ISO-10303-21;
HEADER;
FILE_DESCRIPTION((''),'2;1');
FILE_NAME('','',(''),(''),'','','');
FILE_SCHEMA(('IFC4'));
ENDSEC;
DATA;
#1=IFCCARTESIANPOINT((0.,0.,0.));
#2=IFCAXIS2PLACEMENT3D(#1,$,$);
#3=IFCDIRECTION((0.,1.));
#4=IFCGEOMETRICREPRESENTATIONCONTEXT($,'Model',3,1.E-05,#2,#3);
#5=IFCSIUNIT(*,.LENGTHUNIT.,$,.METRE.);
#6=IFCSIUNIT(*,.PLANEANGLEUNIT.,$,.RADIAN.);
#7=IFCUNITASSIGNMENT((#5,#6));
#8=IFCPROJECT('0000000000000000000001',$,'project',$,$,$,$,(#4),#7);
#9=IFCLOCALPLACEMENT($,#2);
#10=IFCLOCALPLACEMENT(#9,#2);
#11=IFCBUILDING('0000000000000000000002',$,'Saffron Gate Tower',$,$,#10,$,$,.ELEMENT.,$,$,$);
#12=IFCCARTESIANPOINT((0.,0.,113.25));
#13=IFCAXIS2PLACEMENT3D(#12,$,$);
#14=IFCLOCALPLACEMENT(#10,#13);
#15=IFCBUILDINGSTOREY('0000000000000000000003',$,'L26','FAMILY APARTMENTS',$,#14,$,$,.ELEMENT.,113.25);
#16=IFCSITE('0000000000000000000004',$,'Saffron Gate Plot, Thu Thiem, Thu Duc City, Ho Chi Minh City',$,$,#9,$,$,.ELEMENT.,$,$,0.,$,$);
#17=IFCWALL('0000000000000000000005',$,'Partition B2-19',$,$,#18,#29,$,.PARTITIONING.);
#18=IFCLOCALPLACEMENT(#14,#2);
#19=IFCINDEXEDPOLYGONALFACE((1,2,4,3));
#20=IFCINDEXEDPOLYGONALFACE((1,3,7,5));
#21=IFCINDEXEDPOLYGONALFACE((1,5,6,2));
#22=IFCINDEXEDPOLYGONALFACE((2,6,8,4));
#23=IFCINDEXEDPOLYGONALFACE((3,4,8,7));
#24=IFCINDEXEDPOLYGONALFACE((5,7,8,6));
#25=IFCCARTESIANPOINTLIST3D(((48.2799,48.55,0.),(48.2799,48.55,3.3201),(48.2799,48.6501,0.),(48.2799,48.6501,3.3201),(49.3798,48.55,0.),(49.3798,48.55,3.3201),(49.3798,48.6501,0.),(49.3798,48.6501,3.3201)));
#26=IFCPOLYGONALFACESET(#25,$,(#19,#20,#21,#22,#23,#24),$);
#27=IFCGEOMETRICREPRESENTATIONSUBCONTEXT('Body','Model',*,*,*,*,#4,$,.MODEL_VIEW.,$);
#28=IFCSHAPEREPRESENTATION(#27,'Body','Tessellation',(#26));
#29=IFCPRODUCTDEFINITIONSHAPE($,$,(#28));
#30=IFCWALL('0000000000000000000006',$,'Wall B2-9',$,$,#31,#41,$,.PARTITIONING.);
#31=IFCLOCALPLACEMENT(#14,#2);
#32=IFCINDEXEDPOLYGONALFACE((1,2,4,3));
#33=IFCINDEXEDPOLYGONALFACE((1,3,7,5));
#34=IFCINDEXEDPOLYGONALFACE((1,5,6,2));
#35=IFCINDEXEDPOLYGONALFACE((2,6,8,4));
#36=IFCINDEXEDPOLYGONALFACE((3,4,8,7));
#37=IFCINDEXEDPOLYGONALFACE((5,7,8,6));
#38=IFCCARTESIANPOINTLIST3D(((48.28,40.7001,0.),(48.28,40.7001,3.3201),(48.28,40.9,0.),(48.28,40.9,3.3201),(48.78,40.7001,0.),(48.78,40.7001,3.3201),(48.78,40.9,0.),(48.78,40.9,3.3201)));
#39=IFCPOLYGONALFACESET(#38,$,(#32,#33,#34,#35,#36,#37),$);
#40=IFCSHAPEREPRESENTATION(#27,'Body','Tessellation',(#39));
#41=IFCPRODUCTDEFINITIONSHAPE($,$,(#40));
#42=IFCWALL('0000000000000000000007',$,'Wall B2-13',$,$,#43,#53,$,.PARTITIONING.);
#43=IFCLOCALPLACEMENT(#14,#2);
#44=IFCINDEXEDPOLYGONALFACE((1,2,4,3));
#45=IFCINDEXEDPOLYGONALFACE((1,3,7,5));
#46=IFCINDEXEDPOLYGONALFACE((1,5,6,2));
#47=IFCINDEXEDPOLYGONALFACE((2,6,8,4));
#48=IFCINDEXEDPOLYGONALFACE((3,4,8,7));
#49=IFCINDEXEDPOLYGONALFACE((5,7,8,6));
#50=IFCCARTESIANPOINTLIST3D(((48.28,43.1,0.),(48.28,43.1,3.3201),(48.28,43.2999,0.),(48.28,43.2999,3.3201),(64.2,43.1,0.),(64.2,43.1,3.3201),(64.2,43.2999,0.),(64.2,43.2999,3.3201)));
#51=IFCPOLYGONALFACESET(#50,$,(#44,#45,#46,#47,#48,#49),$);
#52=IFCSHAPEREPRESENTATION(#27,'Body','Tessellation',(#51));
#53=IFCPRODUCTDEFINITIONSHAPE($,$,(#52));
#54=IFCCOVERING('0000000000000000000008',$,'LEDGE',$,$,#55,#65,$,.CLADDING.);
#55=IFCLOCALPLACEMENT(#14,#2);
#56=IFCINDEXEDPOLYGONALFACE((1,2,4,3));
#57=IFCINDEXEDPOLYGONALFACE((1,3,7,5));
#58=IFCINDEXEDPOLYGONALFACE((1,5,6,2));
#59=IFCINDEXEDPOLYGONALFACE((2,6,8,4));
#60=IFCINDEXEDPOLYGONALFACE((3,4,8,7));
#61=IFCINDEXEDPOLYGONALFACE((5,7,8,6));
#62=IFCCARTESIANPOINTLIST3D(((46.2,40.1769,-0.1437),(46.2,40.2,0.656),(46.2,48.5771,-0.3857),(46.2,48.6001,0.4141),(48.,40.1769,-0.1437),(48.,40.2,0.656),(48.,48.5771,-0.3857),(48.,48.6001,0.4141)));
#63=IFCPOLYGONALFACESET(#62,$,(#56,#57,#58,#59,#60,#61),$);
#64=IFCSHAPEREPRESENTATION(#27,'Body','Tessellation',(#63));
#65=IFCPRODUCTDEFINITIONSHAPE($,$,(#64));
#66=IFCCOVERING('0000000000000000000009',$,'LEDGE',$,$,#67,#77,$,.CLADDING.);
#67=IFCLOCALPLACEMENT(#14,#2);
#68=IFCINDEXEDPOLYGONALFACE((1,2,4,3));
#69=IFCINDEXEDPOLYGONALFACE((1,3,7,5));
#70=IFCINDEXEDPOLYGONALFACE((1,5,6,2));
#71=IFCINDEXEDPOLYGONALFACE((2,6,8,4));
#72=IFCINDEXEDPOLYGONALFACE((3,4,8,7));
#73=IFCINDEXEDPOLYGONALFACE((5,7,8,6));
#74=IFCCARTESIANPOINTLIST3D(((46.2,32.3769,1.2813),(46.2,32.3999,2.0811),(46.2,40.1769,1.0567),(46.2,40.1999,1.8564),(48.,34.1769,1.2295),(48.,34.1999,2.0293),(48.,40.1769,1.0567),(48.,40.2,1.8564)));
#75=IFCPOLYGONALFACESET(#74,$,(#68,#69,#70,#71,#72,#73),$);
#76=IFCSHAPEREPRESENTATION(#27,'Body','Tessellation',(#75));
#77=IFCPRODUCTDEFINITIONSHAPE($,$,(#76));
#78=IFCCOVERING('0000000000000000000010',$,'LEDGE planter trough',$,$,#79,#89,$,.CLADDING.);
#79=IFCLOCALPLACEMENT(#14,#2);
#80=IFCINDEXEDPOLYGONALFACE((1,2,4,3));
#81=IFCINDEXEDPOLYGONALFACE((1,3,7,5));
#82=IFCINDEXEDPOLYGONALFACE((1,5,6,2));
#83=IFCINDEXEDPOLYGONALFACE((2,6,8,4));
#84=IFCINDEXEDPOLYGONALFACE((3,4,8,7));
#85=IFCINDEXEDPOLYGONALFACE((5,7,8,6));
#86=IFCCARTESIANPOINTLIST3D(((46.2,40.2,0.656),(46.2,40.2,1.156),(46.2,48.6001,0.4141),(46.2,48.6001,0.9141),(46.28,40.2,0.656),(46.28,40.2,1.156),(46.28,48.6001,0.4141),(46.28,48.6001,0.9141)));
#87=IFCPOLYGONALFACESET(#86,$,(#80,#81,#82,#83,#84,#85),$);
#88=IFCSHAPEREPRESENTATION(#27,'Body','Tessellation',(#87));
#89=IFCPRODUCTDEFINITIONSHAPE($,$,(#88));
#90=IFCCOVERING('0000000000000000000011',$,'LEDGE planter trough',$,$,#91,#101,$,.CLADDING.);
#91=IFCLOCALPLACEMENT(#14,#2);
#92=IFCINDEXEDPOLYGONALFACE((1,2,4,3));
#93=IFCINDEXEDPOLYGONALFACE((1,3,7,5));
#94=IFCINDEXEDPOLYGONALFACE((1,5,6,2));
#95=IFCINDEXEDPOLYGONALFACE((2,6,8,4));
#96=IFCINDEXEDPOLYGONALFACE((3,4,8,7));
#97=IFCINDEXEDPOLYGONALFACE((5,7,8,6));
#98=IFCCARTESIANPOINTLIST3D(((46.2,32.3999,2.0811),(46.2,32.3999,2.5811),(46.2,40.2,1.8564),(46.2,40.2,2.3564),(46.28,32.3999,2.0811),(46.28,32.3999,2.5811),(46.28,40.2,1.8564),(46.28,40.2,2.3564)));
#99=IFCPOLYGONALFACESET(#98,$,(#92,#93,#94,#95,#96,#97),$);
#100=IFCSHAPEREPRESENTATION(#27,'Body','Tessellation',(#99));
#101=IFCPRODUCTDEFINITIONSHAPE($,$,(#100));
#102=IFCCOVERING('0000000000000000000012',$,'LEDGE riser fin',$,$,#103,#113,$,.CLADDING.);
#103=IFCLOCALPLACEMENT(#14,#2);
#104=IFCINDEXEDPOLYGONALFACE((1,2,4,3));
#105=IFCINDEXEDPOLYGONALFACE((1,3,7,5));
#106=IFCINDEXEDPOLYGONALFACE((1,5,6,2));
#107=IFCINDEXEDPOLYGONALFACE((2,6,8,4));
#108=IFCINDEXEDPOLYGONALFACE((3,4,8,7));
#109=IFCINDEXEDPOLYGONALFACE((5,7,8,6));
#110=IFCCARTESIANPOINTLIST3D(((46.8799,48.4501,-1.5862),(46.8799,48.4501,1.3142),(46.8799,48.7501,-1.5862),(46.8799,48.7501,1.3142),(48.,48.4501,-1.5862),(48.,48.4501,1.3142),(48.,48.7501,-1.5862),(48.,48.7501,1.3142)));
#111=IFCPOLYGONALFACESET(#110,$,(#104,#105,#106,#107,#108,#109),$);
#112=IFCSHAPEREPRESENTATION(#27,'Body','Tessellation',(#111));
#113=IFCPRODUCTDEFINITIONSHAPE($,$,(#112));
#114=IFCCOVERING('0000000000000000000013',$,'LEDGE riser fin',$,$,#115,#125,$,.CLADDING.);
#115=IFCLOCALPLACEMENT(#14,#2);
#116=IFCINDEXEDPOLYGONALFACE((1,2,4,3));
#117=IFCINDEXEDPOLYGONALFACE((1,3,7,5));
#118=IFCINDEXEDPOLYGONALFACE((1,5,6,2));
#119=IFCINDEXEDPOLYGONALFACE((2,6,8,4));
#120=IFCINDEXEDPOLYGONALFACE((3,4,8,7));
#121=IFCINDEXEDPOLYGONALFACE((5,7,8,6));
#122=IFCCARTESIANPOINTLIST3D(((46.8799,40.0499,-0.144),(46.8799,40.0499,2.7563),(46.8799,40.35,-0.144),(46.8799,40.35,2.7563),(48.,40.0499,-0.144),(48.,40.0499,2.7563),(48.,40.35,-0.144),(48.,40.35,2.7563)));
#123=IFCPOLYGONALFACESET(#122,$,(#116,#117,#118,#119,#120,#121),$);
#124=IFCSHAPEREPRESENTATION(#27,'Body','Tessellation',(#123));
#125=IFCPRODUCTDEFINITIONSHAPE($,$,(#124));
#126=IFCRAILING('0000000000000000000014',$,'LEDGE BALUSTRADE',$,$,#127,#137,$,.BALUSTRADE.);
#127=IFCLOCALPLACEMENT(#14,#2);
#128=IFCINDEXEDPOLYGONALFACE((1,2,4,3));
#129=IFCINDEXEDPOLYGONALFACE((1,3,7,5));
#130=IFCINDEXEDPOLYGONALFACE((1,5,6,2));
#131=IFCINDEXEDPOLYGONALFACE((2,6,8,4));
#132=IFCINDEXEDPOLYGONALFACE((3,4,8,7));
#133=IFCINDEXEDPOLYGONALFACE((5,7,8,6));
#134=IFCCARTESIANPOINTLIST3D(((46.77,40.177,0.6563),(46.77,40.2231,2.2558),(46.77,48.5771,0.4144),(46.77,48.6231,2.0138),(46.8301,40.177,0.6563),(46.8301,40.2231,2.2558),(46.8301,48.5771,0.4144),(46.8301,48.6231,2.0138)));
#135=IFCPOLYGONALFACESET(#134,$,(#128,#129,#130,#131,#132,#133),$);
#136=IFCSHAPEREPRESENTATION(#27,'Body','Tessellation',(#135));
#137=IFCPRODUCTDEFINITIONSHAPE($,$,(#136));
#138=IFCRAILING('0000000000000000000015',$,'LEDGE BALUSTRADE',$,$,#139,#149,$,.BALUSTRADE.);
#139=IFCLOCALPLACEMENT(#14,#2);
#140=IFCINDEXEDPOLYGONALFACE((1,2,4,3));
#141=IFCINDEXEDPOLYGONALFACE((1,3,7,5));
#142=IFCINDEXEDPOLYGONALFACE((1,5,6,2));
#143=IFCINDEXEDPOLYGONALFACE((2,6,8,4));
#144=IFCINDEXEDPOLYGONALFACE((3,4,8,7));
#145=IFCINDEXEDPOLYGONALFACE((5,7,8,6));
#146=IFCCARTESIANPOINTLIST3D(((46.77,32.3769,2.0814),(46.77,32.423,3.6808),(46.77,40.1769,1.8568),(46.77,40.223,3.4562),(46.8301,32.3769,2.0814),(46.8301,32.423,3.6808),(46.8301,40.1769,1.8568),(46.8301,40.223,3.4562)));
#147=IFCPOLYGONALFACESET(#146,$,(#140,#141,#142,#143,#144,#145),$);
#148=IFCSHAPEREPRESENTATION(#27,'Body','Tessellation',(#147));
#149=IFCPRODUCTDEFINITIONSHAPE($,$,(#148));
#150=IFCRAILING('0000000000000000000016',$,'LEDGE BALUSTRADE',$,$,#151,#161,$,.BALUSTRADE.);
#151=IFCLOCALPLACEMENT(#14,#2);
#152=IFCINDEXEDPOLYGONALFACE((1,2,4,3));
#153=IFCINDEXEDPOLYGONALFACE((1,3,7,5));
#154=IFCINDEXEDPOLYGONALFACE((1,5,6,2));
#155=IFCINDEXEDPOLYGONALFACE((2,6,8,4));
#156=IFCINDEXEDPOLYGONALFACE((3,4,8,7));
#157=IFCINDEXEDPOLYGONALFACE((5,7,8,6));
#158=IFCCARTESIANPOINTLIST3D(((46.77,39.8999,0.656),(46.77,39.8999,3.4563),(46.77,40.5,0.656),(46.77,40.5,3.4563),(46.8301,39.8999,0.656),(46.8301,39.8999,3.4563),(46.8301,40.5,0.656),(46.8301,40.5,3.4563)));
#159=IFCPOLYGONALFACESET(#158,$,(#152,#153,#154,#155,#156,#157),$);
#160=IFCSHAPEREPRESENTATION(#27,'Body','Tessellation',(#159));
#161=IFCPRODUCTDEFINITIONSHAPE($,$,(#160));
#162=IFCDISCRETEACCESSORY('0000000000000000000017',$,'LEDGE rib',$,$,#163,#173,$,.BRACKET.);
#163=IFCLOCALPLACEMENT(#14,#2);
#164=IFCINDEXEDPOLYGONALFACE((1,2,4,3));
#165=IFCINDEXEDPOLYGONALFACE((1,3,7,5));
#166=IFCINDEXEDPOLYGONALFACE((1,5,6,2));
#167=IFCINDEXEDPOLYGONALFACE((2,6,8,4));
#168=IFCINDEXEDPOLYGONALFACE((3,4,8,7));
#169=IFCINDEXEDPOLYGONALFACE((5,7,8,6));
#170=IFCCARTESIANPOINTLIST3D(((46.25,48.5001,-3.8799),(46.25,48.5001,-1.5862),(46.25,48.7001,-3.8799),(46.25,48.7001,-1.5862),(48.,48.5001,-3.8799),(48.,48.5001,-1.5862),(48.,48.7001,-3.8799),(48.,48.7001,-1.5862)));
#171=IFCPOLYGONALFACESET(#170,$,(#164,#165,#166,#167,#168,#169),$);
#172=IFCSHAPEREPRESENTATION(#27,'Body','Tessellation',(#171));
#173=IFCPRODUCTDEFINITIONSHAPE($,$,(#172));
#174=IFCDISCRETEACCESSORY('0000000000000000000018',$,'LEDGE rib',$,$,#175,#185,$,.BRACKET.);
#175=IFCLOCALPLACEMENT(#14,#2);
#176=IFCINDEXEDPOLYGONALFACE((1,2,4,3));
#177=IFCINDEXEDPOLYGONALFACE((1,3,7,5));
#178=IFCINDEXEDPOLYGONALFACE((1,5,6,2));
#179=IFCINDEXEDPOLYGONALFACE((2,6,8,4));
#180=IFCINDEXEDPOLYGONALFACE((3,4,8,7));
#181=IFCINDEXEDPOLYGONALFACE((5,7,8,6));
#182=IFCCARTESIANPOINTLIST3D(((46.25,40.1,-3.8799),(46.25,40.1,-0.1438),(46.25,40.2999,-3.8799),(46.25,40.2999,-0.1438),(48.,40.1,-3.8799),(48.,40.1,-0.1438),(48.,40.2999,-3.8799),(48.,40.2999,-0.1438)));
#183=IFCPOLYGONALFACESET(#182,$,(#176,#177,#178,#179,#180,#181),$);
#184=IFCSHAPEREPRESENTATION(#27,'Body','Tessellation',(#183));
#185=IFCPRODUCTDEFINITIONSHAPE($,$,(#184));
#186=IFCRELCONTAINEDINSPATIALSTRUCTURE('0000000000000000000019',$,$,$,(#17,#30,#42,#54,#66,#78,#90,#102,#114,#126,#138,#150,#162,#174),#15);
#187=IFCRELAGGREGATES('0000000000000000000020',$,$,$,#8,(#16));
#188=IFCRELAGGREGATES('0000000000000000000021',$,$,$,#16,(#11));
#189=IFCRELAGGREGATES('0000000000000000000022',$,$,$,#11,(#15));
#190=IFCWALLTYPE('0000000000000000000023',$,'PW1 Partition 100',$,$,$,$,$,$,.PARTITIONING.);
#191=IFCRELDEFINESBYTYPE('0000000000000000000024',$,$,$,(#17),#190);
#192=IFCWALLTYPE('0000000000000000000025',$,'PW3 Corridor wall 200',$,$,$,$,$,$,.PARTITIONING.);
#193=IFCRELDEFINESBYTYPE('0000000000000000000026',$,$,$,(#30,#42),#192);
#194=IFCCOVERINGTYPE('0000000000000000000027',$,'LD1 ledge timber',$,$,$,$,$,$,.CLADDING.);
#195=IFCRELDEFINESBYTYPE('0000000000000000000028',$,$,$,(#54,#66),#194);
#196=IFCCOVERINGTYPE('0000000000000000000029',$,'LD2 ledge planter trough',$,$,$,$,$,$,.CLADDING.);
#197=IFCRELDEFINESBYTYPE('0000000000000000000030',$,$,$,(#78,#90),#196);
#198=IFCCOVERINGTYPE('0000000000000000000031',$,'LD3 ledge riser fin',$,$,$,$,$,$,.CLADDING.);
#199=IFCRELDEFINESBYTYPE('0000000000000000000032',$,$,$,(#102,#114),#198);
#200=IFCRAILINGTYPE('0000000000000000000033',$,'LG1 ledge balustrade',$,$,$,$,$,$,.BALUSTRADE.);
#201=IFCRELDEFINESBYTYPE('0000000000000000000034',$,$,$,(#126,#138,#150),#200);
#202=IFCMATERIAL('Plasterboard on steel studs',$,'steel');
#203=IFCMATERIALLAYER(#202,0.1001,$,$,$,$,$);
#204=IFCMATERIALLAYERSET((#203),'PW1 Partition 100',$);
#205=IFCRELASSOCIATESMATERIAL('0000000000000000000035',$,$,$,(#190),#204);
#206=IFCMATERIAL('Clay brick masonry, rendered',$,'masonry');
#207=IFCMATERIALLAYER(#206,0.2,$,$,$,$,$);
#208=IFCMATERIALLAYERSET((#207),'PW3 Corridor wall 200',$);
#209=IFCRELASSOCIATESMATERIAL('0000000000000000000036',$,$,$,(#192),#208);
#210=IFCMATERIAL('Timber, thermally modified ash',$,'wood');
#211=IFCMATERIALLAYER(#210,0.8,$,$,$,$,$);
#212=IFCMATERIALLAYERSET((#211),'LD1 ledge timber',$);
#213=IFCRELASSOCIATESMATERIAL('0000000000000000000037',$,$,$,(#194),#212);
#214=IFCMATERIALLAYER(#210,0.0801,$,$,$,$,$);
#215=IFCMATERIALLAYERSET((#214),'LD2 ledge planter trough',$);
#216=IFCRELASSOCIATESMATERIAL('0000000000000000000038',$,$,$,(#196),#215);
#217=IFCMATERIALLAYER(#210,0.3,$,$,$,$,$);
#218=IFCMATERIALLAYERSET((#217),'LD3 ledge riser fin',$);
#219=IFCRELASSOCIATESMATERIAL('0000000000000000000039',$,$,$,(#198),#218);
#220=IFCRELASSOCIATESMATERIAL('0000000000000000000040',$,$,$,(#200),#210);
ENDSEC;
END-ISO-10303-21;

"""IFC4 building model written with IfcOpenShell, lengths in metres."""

from ifc_helpers import new_model, si_unit, direction, frame, frame_2d, origin, origin_2d, place, context, subcontext, project, spatial, polyline, rectangle, outline, extrude, material, layer, layer_set, type_object, element, save


model = new_model("IFC4")

# Units and contexts
model_context = context("Model", 3, precision=1e-05, world=origin(), true_north=direction((0.0, 1.0)))
body_context = subcontext(model_context, "Body", "Model", "MODEL_VIEW")
ifc_project = project(units=[si_unit("LENGTHUNIT", "METRE"), si_unit("PLANEANGLEUNIT", "RADIAN")], contexts=[model_context])

# Site, building, storey
site_placement = place(None, origin())
site = spatial("IfcSite", under=ifc_project, at=site_placement, Name="Saffron Gate Plot, Thu Thiem, Thu Duc City, Ho Chi Minh City", CompositionType="ELEMENT", RefElevation=0.0)
building_placement = place(site_placement, origin())
building = spatial("IfcBuilding", under=site, at=building_placement, Name="Saffron Gate Tower", CompositionType="ELEMENT")
storey_placement = place(building_placement, frame((0.0, 0.0, 113.25)))
storey = spatial("IfcBuildingStorey", under=building, at=storey_placement, Name="L26", Description="FAMILY APARTMENTS", CompositionType="ELEMENT", Elevation=113.25)

# Walls
ifc_material_1 = material(Name="Plasterboard on steel studs", Category="steel")
ifc_layer_1 = layer(ifc_material_1, 0.1001)
ifc_layer_set_1 = layer_set([ifc_layer_1], Name="PW1 Partition 100")
wall_type_1 = type_object("IfcWallType", Name="PW1 Partition 100", PredefinedType="PARTITIONING", material=ifc_layer_set_1)
wall_1_placement = place(storey_placement, frame((48.28, 48.6001, 0.0), z_axis=(0.0, 0.0, 1.0), x_axis=(1.0, 0.0, 0.0)))
element("IfcWall", 1, at=wall_1_placement, inside=storey, type_object=wall_type_1, Name="Partition B2-19", PredefinedType="PARTITIONING", context=body_context, shape_type="SweptSolid", body=[
    extrude(rectangle(XDim=1.0999, YDim=0.1001, at=frame_2d((0.5498, 0.0))), origin(), (0.0, 0.0, 1.0), 3.3201),
])
ifc_material_2 = material(Name="Clay brick masonry, rendered", Category="masonry")
ifc_layer_2 = layer(ifc_material_2, 0.2)
ifc_layer_set_2 = layer_set([ifc_layer_2], Name="PW3 Corridor wall 200")
wall_type_2 = type_object("IfcWallType", Name="PW3 Corridor wall 200", PredefinedType="PARTITIONING", material=ifc_layer_set_2)
wall_2_placement = place(storey_placement, frame((48.28, 40.8, 0.0), z_axis=(0.0, 0.0, 1.0), x_axis=(1.0, 0.0, 0.0)))
element("IfcWall", 2, at=wall_2_placement, inside=storey, type_object=wall_type_2, Name="Wall B2-9", PredefinedType="PARTITIONING", context=body_context, shape_type="SweptSolid", body=[
    extrude(rectangle(XDim=0.5, YDim=0.2, at=frame_2d((0.25, 0.0))), origin(), (0.0, 0.0, 1.0), 3.3201),
])
wall_3_placement = place(storey_placement, frame((48.28, 43.2, 0.0), z_axis=(0.0, 0.0, 1.0), x_axis=(1.0, 0.0, 0.0)))
element("IfcWall", 3, at=wall_3_placement, inside=storey, type_object=wall_type_2, Name="Wall B2-13", PredefinedType="PARTITIONING", context=body_context, shape_type="SweptSolid", body=[
    extrude(rectangle(XDim=15.9199, YDim=0.2, at=frame_2d((7.96, 0.0))), origin(), (0.0, 0.0, 1.0), 3.3201),
])

# Coverings
ifc_material_3 = material(Name="Timber, thermally modified ash", Category="wood")
ifc_layer_3 = layer(ifc_material_3, 0.8)
ifc_layer_set_3 = layer_set([ifc_layer_3], Name="LD1 ledge timber")
covering_type_1 = type_object("IfcCoveringType", Name="LD1 ledge timber", PredefinedType="CLADDING", material=ifc_layer_set_3)
covering_1_placement = place(storey_placement, frame((48.0, 48.6001, 0.4141), z_axis=(0.0, 0.02879, 0.999585), x_axis=(0.0, -0.999585, 0.02879)))
element("IfcCovering", 4, at=covering_1_placement, inside=storey, type_object=covering_type_1, Name="LEDGE", PredefinedType="CLADDING", context=body_context, shape_type="SweptSolid", body=[
    extrude(outline(polyline([(0.0, 0.0), (8.4036, 0.0), (8.4036, -1.8), (0.0, -1.8), (0.0, 0.0)])), origin(), (0.0, 0.0, -1.0), 0.8),
])
covering_2_placement = place(storey_placement, frame((48.0, 40.2, 1.8564), z_axis=(-0.000024, 0.028789, 0.999585), x_axis=(0.0, -0.999585, 0.028789)))
element("IfcCovering", 5, at=covering_2_placement, inside=storey, type_object=covering_type_1, Name="LEDGE", PredefinedType="CLADDING", context=body_context, shape_type="SweptSolid", body=[
    extrude(outline(polyline([(0.0, 0.0), (6.0025, 0.0), (7.8033, -1.8), (0.0, -1.8), (0.0, 0.0)])), origin(), (0.0, 0.0, -1.0), 0.8),
])
ifc_layer_4 = layer(ifc_material_3, 0.0801)
ifc_layer_set_4 = layer_set([ifc_layer_4], Name="LD2 ledge planter trough")
covering_type_2 = type_object("IfcCoveringType", Name="LD2 ledge planter trough", PredefinedType="CLADDING", material=ifc_layer_set_4)
covering_3_placement = place(storey_placement, frame((46.2, 48.6001, 0.4141), z_axis=(-1.0, 0.0, 0.0), x_axis=(0.0, -0.999585, 0.02879)))
element("IfcCovering", 6, at=covering_3_placement, inside=storey, type_object=covering_type_2, Name="LEDGE planter trough", PredefinedType="CLADDING", context=body_context, shape_type="SweptSolid", body=[
    extrude(outline(polyline([(0.0, 0.0), (8.4036, 0.0), (8.418, 0.4998), (0.0144, 0.4998), (0.0, 0.0)])), origin(), (0.0, 0.0, -1.0), 0.0801),
])
covering_4_placement = place(storey_placement, frame((46.2, 40.2, 1.8564), z_axis=(-1.0, 0.0, 0.0), x_axis=(0.0, -0.999586, 0.028784)))
element("IfcCovering", 7, at=covering_4_placement, inside=storey, type_object=covering_type_2, Name="LEDGE planter trough", PredefinedType="CLADDING", context=body_context, shape_type="SweptSolid", body=[
    extrude(outline(polyline([(0.0, 0.0), (7.8033, 0.0), (7.8177, 0.4998), (0.0144, 0.4998), (0.0, 0.0)])), origin(), (0.0, 0.0, -1.0), 0.0801),
])
ifc_layer_5 = layer(ifc_material_3, 0.3)
ifc_layer_set_5 = layer_set([ifc_layer_5], Name="LD3 ledge riser fin")
covering_type_3 = type_object("IfcCoveringType", Name="LD3 ledge riser fin", PredefinedType="CLADDING", material=ifc_layer_set_5)
for number, where, z_axis, x_axis, name in (
    (8, (47.4399, 48.6001, -1.5862), (0.0, 0.0, 1.0), (0.0, -1.0, 0.0), "LEDGE riser fin"),
    (9, (47.4399, 40.2, -0.144), (0.0, 0.0, 1.0), (0.0, -1.0, 0.0), "LEDGE riser fin"),
):
    element("IfcCovering", number, at=place(storey_placement, frame(where, z_axis=z_axis, x_axis=x_axis)), inside=storey, type_object=covering_type_3, Name=name, PredefinedType="CLADDING", context=body_context, shape_type="SweptSolid", body=[
        extrude(rectangle(XDim=0.3, YDim=1.1201, at=origin_2d()), origin(), (0.0, 0.0, 1.0), 2.9004),
    ])

# Railings
railing_type = type_object("IfcRailingType", Name="LG1 ledge balustrade", PredefinedType="BALUSTRADE", material=ifc_material_3)
railing_1_placement = place(storey_placement, frame((46.8, 48.6001, 0.4141)))
element("IfcRailing", 10, at=railing_1_placement, inside=storey, type_object=railing_type, Name="LEDGE BALUSTRADE", PredefinedType="BALUSTRADE", context=body_context, shape_type="SweptSolid", body=[
    extrude(rectangle(XDim=0.0601, YDim=1.6001, at=origin_2d()), frame((0.0, 0.0, 0.8), z_axis=(0.0, -0.999585, 0.02879), x_axis=(1.0, 0.0, 0.0)), (0.0, 0.0, 1.0), 8.4036),
])
railing_2_placement = place(storey_placement, frame((46.8, 40.2, 1.8564)))
element("IfcRailing", 11, at=railing_2_placement, inside=storey, type_object=railing_type, Name="LEDGE BALUSTRADE", PredefinedType="BALUSTRADE", context=body_context, shape_type="SweptSolid", body=[
    extrude(rectangle(XDim=0.0601, YDim=1.6001, at=origin_2d()), frame((0.0, 0.0, 0.8), z_axis=(0.0, -0.999586, 0.028784), x_axis=(1.0, 0.0, 0.0)), (0.0, 0.0, 1.0), 7.8032),
])
railing_3_placement = place(storey_placement, frame((46.8, 40.5, 0.656)))
element("IfcRailing", 12, at=railing_3_placement, inside=storey, type_object=railing_type, Name="LEDGE BALUSTRADE", PredefinedType="BALUSTRADE", context=body_context, shape_type="SweptSolid", body=[
    extrude(rectangle(XDim=0.0601, YDim=2.8003, at=origin_2d()), frame((0.0, 0.0, 1.4001), z_axis=(0.0, -1.0, 0.0), x_axis=(1.0, 0.0, 0.0)), (0.0, 0.0, 1.0), 0.6001),
])

# Discrete accessories
discrete_accessory_1_placement = place(storey_placement, frame((47.125, 48.6001, -3.8799), z_axis=(0.0, 0.0, 1.0), x_axis=(0.0, -1.0, 0.0)))
element("IfcDiscreteAccessory", 13, at=discrete_accessory_1_placement, inside=storey, Name="LEDGE rib", PredefinedType="BRACKET", context=body_context, shape_type="SweptSolid", body=[
    extrude(rectangle(XDim=0.2, YDim=1.75, at=origin_2d()), origin(), (0.0, 0.0, 1.0), 2.2937),
])
discrete_accessory_2_placement = place(storey_placement, frame((47.125, 40.2, -3.8799), z_axis=(0.0, 0.0, 1.0), x_axis=(0.0, -1.0, 0.0)))
element("IfcDiscreteAccessory", 14, at=discrete_accessory_2_placement, inside=storey, Name="LEDGE rib", PredefinedType="BRACKET", context=body_context, shape_type="SweptSolid", body=[
    extrude(rectangle(XDim=0.2, YDim=1.75, at=origin_2d()), origin(), (0.0, 0.0, 1.0), 3.7361),
])

save(model, "model.ifc")
